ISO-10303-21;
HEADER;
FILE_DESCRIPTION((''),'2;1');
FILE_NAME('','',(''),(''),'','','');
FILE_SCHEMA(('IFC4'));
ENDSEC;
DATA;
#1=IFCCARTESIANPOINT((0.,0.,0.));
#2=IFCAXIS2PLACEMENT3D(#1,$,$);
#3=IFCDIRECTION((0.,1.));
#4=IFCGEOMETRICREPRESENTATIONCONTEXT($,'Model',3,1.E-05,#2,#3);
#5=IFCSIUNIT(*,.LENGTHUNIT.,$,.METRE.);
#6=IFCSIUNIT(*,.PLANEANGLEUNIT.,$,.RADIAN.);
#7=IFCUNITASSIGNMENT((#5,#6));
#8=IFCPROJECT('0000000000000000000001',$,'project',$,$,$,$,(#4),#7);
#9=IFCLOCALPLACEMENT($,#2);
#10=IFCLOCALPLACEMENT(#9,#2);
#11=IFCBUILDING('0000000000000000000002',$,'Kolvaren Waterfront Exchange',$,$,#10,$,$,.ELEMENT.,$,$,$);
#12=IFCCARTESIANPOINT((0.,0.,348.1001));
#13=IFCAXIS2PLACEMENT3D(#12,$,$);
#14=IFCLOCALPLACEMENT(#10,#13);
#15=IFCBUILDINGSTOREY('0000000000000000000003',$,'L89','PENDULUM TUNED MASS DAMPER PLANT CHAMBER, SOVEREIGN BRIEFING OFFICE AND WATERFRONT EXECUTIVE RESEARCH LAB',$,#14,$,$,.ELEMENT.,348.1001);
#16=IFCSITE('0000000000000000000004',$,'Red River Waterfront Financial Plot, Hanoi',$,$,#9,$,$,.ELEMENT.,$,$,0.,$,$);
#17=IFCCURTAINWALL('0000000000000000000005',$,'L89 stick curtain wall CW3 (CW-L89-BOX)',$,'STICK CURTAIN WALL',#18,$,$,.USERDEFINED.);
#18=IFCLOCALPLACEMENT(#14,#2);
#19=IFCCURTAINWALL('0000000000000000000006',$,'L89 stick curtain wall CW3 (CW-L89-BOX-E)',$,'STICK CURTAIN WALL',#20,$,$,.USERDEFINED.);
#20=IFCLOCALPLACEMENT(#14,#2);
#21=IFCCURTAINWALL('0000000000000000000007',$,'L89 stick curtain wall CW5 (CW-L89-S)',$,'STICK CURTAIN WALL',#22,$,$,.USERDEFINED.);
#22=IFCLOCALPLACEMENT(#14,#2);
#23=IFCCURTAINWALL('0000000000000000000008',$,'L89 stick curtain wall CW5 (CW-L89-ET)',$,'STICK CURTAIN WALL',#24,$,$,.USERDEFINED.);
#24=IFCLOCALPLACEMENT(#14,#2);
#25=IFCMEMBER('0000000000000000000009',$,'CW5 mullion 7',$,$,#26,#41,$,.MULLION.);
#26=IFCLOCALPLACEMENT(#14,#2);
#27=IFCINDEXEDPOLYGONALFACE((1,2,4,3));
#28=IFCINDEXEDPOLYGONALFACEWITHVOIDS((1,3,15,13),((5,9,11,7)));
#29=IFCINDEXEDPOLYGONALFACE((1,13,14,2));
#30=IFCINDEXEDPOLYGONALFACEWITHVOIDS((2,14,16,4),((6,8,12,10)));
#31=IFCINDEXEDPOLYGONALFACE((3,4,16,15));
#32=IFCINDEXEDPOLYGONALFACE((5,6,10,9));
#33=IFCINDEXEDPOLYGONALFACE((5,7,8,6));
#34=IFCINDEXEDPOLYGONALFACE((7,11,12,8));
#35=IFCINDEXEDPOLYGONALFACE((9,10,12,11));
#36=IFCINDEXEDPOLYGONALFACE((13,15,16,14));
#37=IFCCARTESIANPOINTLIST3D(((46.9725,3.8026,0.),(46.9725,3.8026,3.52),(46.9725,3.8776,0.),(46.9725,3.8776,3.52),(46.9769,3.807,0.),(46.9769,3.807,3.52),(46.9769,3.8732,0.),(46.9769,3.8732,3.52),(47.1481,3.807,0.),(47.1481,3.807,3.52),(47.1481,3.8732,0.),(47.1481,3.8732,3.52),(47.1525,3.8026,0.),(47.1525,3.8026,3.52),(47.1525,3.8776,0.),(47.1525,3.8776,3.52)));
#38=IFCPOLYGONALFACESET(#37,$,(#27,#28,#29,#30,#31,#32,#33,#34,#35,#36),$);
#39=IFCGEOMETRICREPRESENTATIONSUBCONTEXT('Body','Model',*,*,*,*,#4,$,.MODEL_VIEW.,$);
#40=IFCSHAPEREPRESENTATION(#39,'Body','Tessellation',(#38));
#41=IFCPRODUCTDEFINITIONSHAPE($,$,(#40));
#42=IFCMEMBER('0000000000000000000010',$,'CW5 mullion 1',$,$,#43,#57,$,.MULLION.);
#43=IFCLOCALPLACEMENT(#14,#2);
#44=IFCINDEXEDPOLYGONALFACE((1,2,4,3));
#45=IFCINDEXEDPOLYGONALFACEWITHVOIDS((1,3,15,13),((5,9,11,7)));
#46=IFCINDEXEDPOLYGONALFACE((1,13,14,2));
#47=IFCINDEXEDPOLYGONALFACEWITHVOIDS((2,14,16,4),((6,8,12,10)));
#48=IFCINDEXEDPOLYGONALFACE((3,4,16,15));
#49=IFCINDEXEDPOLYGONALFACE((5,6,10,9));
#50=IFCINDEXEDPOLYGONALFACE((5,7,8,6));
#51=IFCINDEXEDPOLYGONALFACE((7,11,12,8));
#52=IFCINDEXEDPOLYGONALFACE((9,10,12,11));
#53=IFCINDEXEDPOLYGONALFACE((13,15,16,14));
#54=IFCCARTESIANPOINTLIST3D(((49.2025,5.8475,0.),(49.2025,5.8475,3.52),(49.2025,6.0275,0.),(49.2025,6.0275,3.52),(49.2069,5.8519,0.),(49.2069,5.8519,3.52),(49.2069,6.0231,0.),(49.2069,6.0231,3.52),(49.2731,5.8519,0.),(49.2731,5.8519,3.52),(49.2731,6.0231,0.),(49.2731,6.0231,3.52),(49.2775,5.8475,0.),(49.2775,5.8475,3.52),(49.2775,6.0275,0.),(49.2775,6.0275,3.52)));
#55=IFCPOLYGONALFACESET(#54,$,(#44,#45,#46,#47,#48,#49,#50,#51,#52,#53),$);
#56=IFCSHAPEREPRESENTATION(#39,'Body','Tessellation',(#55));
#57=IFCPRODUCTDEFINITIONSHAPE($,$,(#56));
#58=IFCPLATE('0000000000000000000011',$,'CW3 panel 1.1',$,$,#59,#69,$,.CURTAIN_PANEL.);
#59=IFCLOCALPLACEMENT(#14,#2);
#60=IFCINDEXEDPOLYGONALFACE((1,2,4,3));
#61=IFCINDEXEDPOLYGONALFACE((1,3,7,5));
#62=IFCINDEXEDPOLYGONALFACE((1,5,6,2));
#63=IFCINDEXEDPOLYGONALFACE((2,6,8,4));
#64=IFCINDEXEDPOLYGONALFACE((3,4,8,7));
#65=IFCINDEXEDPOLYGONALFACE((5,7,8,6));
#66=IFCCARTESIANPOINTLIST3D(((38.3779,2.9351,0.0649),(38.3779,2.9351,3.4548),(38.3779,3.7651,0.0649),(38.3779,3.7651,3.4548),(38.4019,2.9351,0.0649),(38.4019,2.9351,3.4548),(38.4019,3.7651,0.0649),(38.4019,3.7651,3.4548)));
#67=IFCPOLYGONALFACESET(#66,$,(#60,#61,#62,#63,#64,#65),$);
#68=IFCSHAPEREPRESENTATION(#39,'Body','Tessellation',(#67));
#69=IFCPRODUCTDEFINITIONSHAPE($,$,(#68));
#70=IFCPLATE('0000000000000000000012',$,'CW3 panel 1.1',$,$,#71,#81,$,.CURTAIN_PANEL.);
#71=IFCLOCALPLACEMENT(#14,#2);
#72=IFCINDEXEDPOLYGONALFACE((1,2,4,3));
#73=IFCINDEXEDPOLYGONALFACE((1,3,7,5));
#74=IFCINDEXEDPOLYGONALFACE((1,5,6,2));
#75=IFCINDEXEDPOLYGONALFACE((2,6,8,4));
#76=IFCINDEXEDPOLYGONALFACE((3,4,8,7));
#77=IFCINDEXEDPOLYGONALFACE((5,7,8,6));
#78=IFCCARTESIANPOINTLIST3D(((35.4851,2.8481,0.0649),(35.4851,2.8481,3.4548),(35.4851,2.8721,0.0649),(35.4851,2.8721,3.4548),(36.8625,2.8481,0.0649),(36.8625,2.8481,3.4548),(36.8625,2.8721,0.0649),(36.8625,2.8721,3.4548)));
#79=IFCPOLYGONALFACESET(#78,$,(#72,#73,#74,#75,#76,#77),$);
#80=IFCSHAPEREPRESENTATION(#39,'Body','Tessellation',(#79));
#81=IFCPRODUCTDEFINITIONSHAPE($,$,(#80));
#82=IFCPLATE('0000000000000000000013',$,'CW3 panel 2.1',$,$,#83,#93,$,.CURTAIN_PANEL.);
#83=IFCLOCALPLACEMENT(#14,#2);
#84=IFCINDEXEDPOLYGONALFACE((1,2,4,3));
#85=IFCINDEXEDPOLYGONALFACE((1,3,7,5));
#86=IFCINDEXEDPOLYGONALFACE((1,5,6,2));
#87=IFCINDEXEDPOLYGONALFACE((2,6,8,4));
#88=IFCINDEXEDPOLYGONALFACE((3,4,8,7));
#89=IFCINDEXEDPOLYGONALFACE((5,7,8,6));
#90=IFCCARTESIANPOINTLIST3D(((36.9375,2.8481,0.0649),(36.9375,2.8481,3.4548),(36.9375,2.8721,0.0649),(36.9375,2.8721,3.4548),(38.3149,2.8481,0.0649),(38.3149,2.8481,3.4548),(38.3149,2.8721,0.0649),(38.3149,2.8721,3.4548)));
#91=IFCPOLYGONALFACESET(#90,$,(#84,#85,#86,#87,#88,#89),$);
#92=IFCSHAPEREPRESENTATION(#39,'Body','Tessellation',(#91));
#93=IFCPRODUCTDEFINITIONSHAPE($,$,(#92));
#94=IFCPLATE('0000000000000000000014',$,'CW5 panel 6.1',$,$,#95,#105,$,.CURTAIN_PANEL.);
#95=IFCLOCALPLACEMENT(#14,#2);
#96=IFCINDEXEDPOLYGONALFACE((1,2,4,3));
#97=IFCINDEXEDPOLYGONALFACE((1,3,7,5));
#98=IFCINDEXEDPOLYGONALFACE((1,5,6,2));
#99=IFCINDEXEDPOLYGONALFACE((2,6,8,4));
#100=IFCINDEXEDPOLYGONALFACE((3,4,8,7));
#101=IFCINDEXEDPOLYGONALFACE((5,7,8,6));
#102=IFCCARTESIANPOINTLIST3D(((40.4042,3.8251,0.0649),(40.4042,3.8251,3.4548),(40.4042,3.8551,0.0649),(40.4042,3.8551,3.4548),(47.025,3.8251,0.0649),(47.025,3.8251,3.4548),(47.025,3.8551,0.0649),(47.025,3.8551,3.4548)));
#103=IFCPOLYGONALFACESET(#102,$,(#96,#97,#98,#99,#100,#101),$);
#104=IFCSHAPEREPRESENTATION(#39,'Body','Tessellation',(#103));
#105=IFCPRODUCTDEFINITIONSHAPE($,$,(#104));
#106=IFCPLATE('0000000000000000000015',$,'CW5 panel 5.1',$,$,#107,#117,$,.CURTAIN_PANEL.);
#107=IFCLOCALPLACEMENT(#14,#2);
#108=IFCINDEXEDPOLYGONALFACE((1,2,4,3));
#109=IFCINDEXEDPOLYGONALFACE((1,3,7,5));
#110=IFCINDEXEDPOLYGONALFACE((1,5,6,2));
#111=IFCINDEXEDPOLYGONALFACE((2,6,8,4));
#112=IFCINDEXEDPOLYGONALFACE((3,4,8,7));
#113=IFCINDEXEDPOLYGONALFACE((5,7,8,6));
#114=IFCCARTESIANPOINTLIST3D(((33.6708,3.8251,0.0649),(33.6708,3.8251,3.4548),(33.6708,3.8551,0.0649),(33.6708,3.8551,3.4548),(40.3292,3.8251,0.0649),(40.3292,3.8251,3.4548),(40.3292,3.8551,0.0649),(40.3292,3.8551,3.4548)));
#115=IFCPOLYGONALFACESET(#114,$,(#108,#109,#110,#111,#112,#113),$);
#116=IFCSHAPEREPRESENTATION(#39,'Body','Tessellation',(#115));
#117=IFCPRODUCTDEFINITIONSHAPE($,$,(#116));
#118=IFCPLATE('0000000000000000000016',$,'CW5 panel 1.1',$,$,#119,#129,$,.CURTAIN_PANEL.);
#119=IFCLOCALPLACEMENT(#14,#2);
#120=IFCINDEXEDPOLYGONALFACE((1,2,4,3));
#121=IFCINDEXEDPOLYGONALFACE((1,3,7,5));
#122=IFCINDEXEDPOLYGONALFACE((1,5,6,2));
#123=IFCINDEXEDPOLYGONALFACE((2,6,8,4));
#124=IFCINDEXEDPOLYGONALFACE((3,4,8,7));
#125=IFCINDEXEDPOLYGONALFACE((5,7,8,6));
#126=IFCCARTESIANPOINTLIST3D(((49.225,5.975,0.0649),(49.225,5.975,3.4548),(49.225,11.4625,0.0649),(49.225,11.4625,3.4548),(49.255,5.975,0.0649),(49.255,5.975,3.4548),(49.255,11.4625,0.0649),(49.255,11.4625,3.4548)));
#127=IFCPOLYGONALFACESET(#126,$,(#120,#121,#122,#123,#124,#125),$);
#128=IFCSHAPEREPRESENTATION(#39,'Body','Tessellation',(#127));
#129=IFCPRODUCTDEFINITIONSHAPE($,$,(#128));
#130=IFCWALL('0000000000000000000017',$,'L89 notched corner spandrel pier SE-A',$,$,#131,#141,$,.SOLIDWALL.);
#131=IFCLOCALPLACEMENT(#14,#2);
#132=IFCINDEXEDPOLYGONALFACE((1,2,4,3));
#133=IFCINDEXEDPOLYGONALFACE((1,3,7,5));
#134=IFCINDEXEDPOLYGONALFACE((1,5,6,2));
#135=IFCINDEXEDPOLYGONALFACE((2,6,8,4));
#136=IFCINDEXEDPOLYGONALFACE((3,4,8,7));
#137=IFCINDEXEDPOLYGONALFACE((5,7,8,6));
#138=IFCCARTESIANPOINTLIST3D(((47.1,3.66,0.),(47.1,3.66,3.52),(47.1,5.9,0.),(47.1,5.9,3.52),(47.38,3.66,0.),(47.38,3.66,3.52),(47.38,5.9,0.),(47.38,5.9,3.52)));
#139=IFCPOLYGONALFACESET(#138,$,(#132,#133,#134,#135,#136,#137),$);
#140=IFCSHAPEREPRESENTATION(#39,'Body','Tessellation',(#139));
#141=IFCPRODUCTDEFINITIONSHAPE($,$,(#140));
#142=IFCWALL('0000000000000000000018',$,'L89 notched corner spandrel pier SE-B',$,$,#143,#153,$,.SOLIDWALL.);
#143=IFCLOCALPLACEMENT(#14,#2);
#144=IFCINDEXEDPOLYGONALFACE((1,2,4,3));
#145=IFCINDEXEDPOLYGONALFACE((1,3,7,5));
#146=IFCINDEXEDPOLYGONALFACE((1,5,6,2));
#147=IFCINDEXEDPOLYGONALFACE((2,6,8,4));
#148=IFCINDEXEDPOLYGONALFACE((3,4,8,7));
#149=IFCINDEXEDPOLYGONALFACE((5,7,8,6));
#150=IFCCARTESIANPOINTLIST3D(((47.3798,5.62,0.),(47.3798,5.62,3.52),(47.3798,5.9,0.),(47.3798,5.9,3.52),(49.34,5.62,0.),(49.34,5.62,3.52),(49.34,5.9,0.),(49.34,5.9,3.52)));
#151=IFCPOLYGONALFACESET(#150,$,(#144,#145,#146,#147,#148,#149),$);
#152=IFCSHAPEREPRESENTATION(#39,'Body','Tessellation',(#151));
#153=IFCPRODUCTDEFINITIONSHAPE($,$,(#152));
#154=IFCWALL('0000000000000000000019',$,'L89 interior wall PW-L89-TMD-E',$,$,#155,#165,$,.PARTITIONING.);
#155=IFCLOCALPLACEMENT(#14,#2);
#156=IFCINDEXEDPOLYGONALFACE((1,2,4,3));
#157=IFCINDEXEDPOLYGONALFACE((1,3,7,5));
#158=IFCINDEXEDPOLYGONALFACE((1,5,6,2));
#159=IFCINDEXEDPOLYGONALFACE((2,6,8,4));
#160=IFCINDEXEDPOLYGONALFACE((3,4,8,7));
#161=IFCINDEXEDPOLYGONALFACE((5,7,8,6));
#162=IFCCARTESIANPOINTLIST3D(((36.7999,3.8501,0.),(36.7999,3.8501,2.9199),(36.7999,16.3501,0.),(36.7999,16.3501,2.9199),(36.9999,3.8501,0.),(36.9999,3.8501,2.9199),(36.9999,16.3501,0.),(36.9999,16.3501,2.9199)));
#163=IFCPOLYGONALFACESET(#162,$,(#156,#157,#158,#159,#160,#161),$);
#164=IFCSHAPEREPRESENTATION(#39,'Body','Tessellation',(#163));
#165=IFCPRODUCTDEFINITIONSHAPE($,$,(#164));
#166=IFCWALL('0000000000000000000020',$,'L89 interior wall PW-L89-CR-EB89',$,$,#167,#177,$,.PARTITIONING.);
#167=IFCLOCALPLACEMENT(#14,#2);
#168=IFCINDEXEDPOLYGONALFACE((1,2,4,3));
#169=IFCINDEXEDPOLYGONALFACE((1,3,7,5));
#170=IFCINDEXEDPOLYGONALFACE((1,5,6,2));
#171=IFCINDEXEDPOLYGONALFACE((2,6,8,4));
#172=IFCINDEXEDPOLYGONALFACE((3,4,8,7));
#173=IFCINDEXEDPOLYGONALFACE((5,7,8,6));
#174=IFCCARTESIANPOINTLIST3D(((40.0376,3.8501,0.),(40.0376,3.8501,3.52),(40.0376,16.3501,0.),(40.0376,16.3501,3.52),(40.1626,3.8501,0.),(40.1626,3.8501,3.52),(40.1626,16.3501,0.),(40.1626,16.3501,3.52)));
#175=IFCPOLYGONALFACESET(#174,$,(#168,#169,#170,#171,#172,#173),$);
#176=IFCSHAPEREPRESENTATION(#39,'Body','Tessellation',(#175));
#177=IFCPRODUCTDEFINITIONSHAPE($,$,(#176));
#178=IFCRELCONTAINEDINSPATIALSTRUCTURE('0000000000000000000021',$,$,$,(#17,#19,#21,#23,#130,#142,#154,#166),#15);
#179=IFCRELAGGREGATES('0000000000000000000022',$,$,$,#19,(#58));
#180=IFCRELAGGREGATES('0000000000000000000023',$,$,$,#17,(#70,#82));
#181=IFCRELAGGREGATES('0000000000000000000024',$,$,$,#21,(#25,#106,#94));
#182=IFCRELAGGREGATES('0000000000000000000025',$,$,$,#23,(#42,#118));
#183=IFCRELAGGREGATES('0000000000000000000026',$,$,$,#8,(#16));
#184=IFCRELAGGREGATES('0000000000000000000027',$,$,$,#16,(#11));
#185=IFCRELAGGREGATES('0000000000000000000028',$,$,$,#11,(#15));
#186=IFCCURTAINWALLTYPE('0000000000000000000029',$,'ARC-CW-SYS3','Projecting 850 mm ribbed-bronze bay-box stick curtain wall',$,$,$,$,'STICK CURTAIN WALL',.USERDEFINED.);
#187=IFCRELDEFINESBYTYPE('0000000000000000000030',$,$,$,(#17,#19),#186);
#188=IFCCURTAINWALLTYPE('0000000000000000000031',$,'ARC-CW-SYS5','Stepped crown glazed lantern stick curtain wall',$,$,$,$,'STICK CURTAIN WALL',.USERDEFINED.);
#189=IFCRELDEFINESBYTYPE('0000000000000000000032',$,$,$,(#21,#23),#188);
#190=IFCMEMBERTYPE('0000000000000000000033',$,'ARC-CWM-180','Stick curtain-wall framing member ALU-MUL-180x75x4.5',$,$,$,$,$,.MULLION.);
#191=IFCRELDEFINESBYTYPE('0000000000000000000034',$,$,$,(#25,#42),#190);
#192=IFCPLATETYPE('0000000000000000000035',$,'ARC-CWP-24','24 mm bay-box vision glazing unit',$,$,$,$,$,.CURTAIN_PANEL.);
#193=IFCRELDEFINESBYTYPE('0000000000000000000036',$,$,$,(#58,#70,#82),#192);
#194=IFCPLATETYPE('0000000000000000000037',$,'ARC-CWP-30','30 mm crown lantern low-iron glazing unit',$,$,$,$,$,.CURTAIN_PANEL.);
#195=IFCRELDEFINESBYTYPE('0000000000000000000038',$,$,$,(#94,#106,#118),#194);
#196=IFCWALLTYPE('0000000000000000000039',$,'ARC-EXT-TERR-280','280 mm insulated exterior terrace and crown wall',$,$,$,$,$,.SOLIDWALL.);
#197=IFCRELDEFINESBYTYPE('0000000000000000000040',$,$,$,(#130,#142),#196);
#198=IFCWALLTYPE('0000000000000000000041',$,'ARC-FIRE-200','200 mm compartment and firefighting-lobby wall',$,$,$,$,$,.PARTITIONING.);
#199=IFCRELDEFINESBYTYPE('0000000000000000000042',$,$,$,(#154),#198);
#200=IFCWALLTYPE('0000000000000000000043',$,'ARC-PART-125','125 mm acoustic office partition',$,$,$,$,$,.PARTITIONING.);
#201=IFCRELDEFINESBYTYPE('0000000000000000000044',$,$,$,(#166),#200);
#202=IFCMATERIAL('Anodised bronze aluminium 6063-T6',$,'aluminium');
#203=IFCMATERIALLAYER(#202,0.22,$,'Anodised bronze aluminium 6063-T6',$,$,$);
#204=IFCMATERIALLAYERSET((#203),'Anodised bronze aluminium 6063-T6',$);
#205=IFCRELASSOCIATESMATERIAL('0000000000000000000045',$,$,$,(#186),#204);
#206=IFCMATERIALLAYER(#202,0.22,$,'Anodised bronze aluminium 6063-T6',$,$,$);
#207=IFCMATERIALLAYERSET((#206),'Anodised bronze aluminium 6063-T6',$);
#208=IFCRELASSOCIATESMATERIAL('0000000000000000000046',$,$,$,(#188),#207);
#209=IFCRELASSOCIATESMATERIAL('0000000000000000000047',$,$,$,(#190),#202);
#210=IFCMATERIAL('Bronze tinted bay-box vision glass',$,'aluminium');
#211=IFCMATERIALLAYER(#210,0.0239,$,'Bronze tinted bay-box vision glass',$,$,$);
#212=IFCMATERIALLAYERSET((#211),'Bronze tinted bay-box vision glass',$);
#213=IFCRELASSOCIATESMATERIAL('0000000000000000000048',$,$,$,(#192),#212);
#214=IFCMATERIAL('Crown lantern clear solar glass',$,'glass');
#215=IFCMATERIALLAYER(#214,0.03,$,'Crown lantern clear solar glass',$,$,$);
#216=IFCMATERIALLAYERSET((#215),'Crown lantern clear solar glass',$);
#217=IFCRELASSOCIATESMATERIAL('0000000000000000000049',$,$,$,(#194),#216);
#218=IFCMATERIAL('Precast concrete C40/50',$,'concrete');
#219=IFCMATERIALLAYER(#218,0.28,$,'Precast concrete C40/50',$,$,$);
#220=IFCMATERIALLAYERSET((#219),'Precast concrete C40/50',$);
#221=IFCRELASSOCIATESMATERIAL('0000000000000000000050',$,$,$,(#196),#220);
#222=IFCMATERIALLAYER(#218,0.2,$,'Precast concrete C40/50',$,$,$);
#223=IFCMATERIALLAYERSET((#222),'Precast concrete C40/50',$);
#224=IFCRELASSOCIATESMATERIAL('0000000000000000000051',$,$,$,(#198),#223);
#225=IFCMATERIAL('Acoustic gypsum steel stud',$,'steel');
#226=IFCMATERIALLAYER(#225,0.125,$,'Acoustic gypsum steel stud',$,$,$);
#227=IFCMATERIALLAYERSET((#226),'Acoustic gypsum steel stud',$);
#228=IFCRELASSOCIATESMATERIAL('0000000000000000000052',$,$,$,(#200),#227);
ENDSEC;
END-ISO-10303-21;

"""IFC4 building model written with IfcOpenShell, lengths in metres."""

from ifc_helpers import new_model, si_unit, direction, frame, frame_2d, origin, origin_with_axes, origin_2d, place, context, subcontext, project, spatial, rectangle, hollow_rectangle, extrude, source, transform, mapped, material, layer, layer_set, material_profile, profile_set, type_object, element, aggregate, save


model = new_model("IFC4")

# Units and contexts
model_context = context("Model", 3, precision=1e-05, world=origin(), true_north=direction((0.0, 1.0)))
body_context = subcontext(model_context, "Body", "Model", "MODEL_VIEW")
ifc_project = project(units=[si_unit("LENGTHUNIT", "METRE"), si_unit("PLANEANGLEUNIT", "RADIAN")], contexts=[model_context])

# Site, building, storey
site_placement = place(None, origin())
site = spatial("IfcSite", under=ifc_project, at=site_placement, Name="Red River Waterfront Financial Plot, Hanoi", CompositionType="ELEMENT", RefElevation=0.0)
building_placement = place(site_placement, origin())
building = spatial("IfcBuilding", under=site, at=building_placement, Name="Kolvaren Waterfront Exchange", CompositionType="ELEMENT")
storey_placement = place(building_placement, frame((0.0, 0.0, 348.1001)))
storey = spatial("IfcBuildingStorey", under=building, at=storey_placement, Name="L89", Description="PENDULUM TUNED MASS DAMPER PLANT CHAMBER, SOVEREIGN BRIEFING OFFICE AND WATERFRONT EXECUTIVE RESEARCH LAB", CompositionType="ELEMENT", Elevation=348.1001)

# Curtain walls
ifc_material_1 = material(Name="Anodised bronze aluminium 6063-T6", Category="aluminium")
ifc_layer_1 = layer(ifc_material_1, 0.22, Name="Anodised bronze aluminium 6063-T6")
ifc_layer_set_1 = layer_set([ifc_layer_1], Name="Anodised bronze aluminium 6063-T6")
curtain_wall_type_1 = type_object("IfcCurtainWallType", Name="ARC-CW-SYS3", Description="Projecting 850 mm ribbed-bronze bay-box stick curtain wall", ElementType="STICK CURTAIN WALL", PredefinedType="USERDEFINED", material=ifc_layer_set_1)
curtain_wall_1_placement = place(storey_placement, origin())
curtain_wall_1 = element("IfcCurtainWall", 1, at=curtain_wall_1_placement, inside=storey, type_object=curtain_wall_type_1, Name="L89 stick curtain wall CW3 (CW-L89-BOX)", ObjectType="STICK CURTAIN WALL", PredefinedType="USERDEFINED")
curtain_wall_2_placement = place(storey_placement, origin())
curtain_wall_2 = element("IfcCurtainWall", 2, at=curtain_wall_2_placement, inside=storey, type_object=curtain_wall_type_1, Name="L89 stick curtain wall CW3 (CW-L89-BOX-E)", ObjectType="STICK CURTAIN WALL", PredefinedType="USERDEFINED")
ifc_layer_2 = layer(ifc_material_1, 0.22, Name="Anodised bronze aluminium 6063-T6")
ifc_layer_set_2 = layer_set([ifc_layer_2], Name="Anodised bronze aluminium 6063-T6")
curtain_wall_type_2 = type_object("IfcCurtainWallType", Name="ARC-CW-SYS5", Description="Stepped crown glazed lantern stick curtain wall", ElementType="STICK CURTAIN WALL", PredefinedType="USERDEFINED", material=ifc_layer_set_2)
curtain_wall_3_placement = place(storey_placement, origin())
curtain_wall_3 = element("IfcCurtainWall", 3, at=curtain_wall_3_placement, inside=storey, type_object=curtain_wall_type_2, Name="L89 stick curtain wall CW5 (CW-L89-S)", ObjectType="STICK CURTAIN WALL", PredefinedType="USERDEFINED")
curtain_wall_4_placement = place(storey_placement, origin())
curtain_wall_4 = element("IfcCurtainWall", 4, at=curtain_wall_4_placement, inside=storey, type_object=curtain_wall_type_2, Name="L89 stick curtain wall CW5 (CW-L89-ET)", ObjectType="STICK CURTAIN WALL", PredefinedType="USERDEFINED")

# Shared definitions
ifc_material_profile_1 = material_profile(ifc_material_1, hollow_rectangle(XDim=0.075, YDim=0.1799, WallThickness=0.0044, at=origin_2d()), Name="ALU-MUL-180x75x4.5")
ifc_profile_set_1 = profile_set([ifc_material_profile_1], Name="Anodised bronze aluminium 6063-T6")
member_type_1 = type_object("IfcMemberType", Name="ARC-CWM-180", Description="Stick curtain-wall framing member ALU-MUL-180x75x4.5", PredefinedType="MULLION", material=ifc_profile_set_1)
shared_shape_1 = source(origin_with_axes(), body_context, "Body", "SweptSolid", [
    extrude(hollow_rectangle(XDim=0.075, YDim=0.1799, WallThickness=0.0044, at=origin_2d()), origin(), (0.0, 0.0, 1.0), 3.52),
])

# Members
member_1_placement = place(storey_placement, frame((47.0625, 3.8401, 0.0), z_axis=(0.0, 0.0, 1.0), x_axis=(0.0, 1.0, 0.0)))
member_1 = element("IfcMember", 5, at=member_1_placement, type_object=member_type_1, Name="CW5 mullion 7", PredefinedType="MULLION", context=body_context, shape_type="MappedRepresentation", body=[
    mapped(shared_shape_1, transform((0.0, 0.0, 0.0), x_axis=(1.0, 0.0, 0.0), y_axis=(0.0, 1.0, 0.0), z_axis=(0.0, 0.0, 1.0), scale=1.0)),
])
member_2_placement = place(storey_placement, frame((49.24, 5.9375, 0.0), z_axis=(0.0, 0.0, 1.0), x_axis=(-1.0, 0.0, 0.0)))
member_2 = element("IfcMember", 6, at=member_2_placement, type_object=member_type_1, Name="CW5 mullion 1", PredefinedType="MULLION", context=body_context, shape_type="MappedRepresentation", body=[
    mapped(shared_shape_1, transform((0.0, 0.0, 0.0), x_axis=(1.0, 0.0, 0.0), y_axis=(0.0, 1.0, 0.0), z_axis=(0.0, 0.0, 1.0), scale=1.0)),
])

# Plates
ifc_material_2 = material(Name="Bronze tinted bay-box vision glass", Category="aluminium")
ifc_layer_3 = layer(ifc_material_2, 0.0239, Name="Bronze tinted bay-box vision glass")
ifc_layer_set_3 = layer_set([ifc_layer_3], Name="Bronze tinted bay-box vision glass")
plate_type_1 = type_object("IfcPlateType", Name="ARC-CWP-24", Description="24 mm bay-box vision glazing unit", PredefinedType="CURTAIN_PANEL", material=ifc_layer_set_3)
shared_shape_2 = source(origin_with_axes(), body_context, "Body", "SweptSolid", [
    extrude(rectangle(XDim=0.8301, YDim=0.0239, at=origin_2d()), origin(), (0.0, 0.0, 1.0), 3.3899),
])
plate_1_placement = place(storey_placement, frame((38.3899, 3.3501, 0.0649), z_axis=(0.0, 0.0, 1.0), x_axis=(0.0, 1.0, 0.0)))
plate_1 = element("IfcPlate", 7, at=plate_1_placement, type_object=plate_type_1, Name="CW3 panel 1.1", PredefinedType="CURTAIN_PANEL", context=body_context, shape_type="MappedRepresentation", body=[
    mapped(shared_shape_2, transform((0.0, 0.0, 0.0), x_axis=(1.0, 0.0, 0.0), y_axis=(0.0, 1.0, 0.0), z_axis=(0.0, 0.0, 1.0), scale=1.0)),
])
aggregate(curtain_wall_2, [plate_1])
shared_shape_3 = source(origin_with_axes(), body_context, "Body", "SweptSolid", [
    extrude(rectangle(XDim=1.3774, YDim=0.0239, at=origin_2d()), origin(), (0.0, 0.0, 1.0), 3.3899),
])
plate_2_placement = place(storey_placement, frame((36.1738, 2.8601, 0.0649), z_axis=(0.0, 0.0, 1.0), x_axis=(1.0, 0.0, 0.0)))
plate_2 = element("IfcPlate", 8, at=plate_2_placement, type_object=plate_type_1, Name="CW3 panel 1.1", PredefinedType="CURTAIN_PANEL", context=body_context, shape_type="MappedRepresentation", body=[
    mapped(shared_shape_3, transform((0.0, 0.0, 0.0), x_axis=(1.0, 0.0, 0.0), y_axis=(0.0, 1.0, 0.0), z_axis=(0.0, 0.0, 1.0), scale=1.0)),
])
plate_3_placement = place(storey_placement, frame((37.6262, 2.8601, 0.0649), z_axis=(0.0, 0.0, 1.0), x_axis=(1.0, 0.0, 0.0)))
plate_3 = element("IfcPlate", 9, at=plate_3_placement, type_object=plate_type_1, Name="CW3 panel 2.1", PredefinedType="CURTAIN_PANEL", context=body_context, shape_type="MappedRepresentation", body=[
    mapped(shared_shape_3, transform((0.0, 0.0, 0.0), x_axis=(1.0, 0.0, 0.0), y_axis=(0.0, 1.0, 0.0), z_axis=(0.0, 0.0, 1.0), scale=1.0)),
])
aggregate(curtain_wall_1, [plate_2, plate_3])
ifc_material_3 = material(Name="Crown lantern clear solar glass", Category="glass")
ifc_layer_4 = layer(ifc_material_3, 0.03, Name="Crown lantern clear solar glass")
ifc_layer_set_4 = layer_set([ifc_layer_4], Name="Crown lantern clear solar glass")
plate_type_2 = type_object("IfcPlateType", Name="ARC-CWP-30", Description="30 mm crown lantern low-iron glazing unit", PredefinedType="CURTAIN_PANEL", material=ifc_layer_set_4)
shared_shape_4 = source(origin_with_axes(), body_context, "Body", "SweptSolid", [
    extrude(rectangle(XDim=6.6208, YDim=0.03, at=origin_2d()), origin(), (0.0, 0.0, 1.0), 3.3899),
])
plate_4_placement = place(storey_placement, frame((43.7146, 3.8401, 0.0649), z_axis=(0.0, 0.0, 1.0), x_axis=(1.0, 0.0, 0.0)))
plate_4 = element("IfcPlate", 10, at=plate_4_placement, type_object=plate_type_2, Name="CW5 panel 6.1", PredefinedType="CURTAIN_PANEL", context=body_context, shape_type="MappedRepresentation", body=[
    mapped(shared_shape_4, transform((0.0, 0.0, 0.0), x_axis=(1.0, 0.0, 0.0), y_axis=(0.0, 1.0, 0.0), z_axis=(0.0, 0.0, 1.0), scale=1.0)),
])
shared_shape_5 = source(origin_with_axes(), body_context, "Body", "SweptSolid", [
    extrude(rectangle(XDim=6.6584, YDim=0.03, at=origin_2d()), origin(), (0.0, 0.0, 1.0), 3.3899),
])
plate_5_placement = place(storey_placement, frame((37.0, 3.8401, 0.0649), z_axis=(0.0, 0.0, 1.0), x_axis=(1.0, 0.0, 0.0)))
plate_5 = element("IfcPlate", 11, at=plate_5_placement, type_object=plate_type_2, Name="CW5 panel 5.1", PredefinedType="CURTAIN_PANEL", context=body_context, shape_type="MappedRepresentation", body=[
    mapped(shared_shape_5, transform((0.0, 0.0, 0.0), x_axis=(1.0, 0.0, 0.0), y_axis=(0.0, 1.0, 0.0), z_axis=(0.0, 0.0, 1.0), scale=1.0)),
])
aggregate(curtain_wall_3, [member_1, plate_5, plate_4])
shared_shape_6 = source(origin_with_axes(), body_context, "Body", "SweptSolid", [
    extrude(rectangle(XDim=5.4875, YDim=0.03, at=origin_2d()), origin(), (0.0, 0.0, 1.0), 3.3899),
])
plate_6_placement = place(storey_placement, frame((49.24, 8.7188, 0.0649), z_axis=(0.0, 0.0, 1.0), x_axis=(0.0, 1.0, 0.0)))
plate_6 = element("IfcPlate", 12, at=plate_6_placement, type_object=plate_type_2, Name="CW5 panel 1.1", PredefinedType="CURTAIN_PANEL", context=body_context, shape_type="MappedRepresentation", body=[
    mapped(shared_shape_6, transform((0.0, 0.0, 0.0), x_axis=(1.0, 0.0, 0.0), y_axis=(0.0, 1.0, 0.0), z_axis=(0.0, 0.0, 1.0), scale=1.0)),
])
aggregate(curtain_wall_4, [member_2, plate_6])

# Walls
ifc_material_4 = material(Name="Precast concrete C40/50", Category="concrete")
ifc_layer_5 = layer(ifc_material_4, 0.28, Name="Precast concrete C40/50")
ifc_layer_set_5 = layer_set([ifc_layer_5], Name="Precast concrete C40/50")
wall_type_1 = type_object("IfcWallType", Name="ARC-EXT-TERR-280", Description="280 mm insulated exterior terrace and crown wall", PredefinedType="SOLIDWALL", material=ifc_layer_set_5)
wall_1_placement = place(storey_placement, frame((47.24, 3.6599, 0.0), z_axis=(0.0, 0.0, 1.0), x_axis=(0.0, 1.0, 0.0)))
element("IfcWall", 13, at=wall_1_placement, inside=storey, type_object=wall_type_1, Name="L89 notched corner spandrel pier SE-A", PredefinedType="SOLIDWALL", context=body_context, shape_type="SweptSolid", body=[
    extrude(rectangle(XDim=2.24, YDim=0.28, at=frame_2d((1.1201, 0.0))), origin(), (0.0, 0.0, 1.0), 3.52),
])
wall_2_placement = place(storey_placement, frame((47.3799, 5.76, 0.0), z_axis=(0.0, 0.0, 1.0), x_axis=(1.0, 0.0, 0.0)))
element("IfcWall", 14, at=wall_2_placement, inside=storey, type_object=wall_type_1, Name="L89 notched corner spandrel pier SE-B", PredefinedType="SOLIDWALL", context=body_context, shape_type="SweptSolid", body=[
    extrude(rectangle(XDim=1.9602, YDim=0.28, at=frame_2d((0.98, 0.0))), origin(), (0.0, 0.0, 1.0), 3.52),
])
ifc_layer_6 = layer(ifc_material_4, 0.2, Name="Precast concrete C40/50")
ifc_layer_set_6 = layer_set([ifc_layer_6], Name="Precast concrete C40/50")
wall_type_2 = type_object("IfcWallType", Name="ARC-FIRE-200", Description="200 mm compartment and firefighting-lobby wall", PredefinedType="PARTITIONING", material=ifc_layer_set_6)
wall_3_placement = place(storey_placement, frame((36.8999, 3.8501, 0.0), z_axis=(0.0, 0.0, 1.0), x_axis=(0.0, 1.0, 0.0)))
element("IfcWall", 15, at=wall_3_placement, inside=storey, type_object=wall_type_2, Name="L89 interior wall PW-L89-TMD-E", PredefinedType="PARTITIONING", context=body_context, shape_type="SweptSolid", body=[
    extrude(rectangle(XDim=12.5, YDim=0.2, at=frame_2d((6.25, 0.0))), origin(), (0.0, 0.0, 1.0), 2.9199),
])
ifc_material_5 = material(Name="Acoustic gypsum steel stud", Category="steel")
ifc_layer_7 = layer(ifc_material_5, 0.125, Name="Acoustic gypsum steel stud")
ifc_layer_set_7 = layer_set([ifc_layer_7], Name="Acoustic gypsum steel stud")
wall_type_3 = type_object("IfcWallType", Name="ARC-PART-125", Description="125 mm acoustic office partition", PredefinedType="PARTITIONING", material=ifc_layer_set_7)
wall_4_placement = place(storey_placement, frame((40.1001, 3.8501, 0.0), z_axis=(0.0, 0.0, 1.0), x_axis=(0.0, 1.0, 0.0)))
element("IfcWall", 16, at=wall_4_placement, inside=storey, type_object=wall_type_3, Name="L89 interior wall PW-L89-CR-EB89", PredefinedType="PARTITIONING", context=body_context, shape_type="SweptSolid", body=[
    extrude(rectangle(XDim=12.5, YDim=0.125, at=frame_2d((6.25, 0.0))), origin(), (0.0, 0.0, 1.0), 3.52),
])

save(model, "model.ifc")
